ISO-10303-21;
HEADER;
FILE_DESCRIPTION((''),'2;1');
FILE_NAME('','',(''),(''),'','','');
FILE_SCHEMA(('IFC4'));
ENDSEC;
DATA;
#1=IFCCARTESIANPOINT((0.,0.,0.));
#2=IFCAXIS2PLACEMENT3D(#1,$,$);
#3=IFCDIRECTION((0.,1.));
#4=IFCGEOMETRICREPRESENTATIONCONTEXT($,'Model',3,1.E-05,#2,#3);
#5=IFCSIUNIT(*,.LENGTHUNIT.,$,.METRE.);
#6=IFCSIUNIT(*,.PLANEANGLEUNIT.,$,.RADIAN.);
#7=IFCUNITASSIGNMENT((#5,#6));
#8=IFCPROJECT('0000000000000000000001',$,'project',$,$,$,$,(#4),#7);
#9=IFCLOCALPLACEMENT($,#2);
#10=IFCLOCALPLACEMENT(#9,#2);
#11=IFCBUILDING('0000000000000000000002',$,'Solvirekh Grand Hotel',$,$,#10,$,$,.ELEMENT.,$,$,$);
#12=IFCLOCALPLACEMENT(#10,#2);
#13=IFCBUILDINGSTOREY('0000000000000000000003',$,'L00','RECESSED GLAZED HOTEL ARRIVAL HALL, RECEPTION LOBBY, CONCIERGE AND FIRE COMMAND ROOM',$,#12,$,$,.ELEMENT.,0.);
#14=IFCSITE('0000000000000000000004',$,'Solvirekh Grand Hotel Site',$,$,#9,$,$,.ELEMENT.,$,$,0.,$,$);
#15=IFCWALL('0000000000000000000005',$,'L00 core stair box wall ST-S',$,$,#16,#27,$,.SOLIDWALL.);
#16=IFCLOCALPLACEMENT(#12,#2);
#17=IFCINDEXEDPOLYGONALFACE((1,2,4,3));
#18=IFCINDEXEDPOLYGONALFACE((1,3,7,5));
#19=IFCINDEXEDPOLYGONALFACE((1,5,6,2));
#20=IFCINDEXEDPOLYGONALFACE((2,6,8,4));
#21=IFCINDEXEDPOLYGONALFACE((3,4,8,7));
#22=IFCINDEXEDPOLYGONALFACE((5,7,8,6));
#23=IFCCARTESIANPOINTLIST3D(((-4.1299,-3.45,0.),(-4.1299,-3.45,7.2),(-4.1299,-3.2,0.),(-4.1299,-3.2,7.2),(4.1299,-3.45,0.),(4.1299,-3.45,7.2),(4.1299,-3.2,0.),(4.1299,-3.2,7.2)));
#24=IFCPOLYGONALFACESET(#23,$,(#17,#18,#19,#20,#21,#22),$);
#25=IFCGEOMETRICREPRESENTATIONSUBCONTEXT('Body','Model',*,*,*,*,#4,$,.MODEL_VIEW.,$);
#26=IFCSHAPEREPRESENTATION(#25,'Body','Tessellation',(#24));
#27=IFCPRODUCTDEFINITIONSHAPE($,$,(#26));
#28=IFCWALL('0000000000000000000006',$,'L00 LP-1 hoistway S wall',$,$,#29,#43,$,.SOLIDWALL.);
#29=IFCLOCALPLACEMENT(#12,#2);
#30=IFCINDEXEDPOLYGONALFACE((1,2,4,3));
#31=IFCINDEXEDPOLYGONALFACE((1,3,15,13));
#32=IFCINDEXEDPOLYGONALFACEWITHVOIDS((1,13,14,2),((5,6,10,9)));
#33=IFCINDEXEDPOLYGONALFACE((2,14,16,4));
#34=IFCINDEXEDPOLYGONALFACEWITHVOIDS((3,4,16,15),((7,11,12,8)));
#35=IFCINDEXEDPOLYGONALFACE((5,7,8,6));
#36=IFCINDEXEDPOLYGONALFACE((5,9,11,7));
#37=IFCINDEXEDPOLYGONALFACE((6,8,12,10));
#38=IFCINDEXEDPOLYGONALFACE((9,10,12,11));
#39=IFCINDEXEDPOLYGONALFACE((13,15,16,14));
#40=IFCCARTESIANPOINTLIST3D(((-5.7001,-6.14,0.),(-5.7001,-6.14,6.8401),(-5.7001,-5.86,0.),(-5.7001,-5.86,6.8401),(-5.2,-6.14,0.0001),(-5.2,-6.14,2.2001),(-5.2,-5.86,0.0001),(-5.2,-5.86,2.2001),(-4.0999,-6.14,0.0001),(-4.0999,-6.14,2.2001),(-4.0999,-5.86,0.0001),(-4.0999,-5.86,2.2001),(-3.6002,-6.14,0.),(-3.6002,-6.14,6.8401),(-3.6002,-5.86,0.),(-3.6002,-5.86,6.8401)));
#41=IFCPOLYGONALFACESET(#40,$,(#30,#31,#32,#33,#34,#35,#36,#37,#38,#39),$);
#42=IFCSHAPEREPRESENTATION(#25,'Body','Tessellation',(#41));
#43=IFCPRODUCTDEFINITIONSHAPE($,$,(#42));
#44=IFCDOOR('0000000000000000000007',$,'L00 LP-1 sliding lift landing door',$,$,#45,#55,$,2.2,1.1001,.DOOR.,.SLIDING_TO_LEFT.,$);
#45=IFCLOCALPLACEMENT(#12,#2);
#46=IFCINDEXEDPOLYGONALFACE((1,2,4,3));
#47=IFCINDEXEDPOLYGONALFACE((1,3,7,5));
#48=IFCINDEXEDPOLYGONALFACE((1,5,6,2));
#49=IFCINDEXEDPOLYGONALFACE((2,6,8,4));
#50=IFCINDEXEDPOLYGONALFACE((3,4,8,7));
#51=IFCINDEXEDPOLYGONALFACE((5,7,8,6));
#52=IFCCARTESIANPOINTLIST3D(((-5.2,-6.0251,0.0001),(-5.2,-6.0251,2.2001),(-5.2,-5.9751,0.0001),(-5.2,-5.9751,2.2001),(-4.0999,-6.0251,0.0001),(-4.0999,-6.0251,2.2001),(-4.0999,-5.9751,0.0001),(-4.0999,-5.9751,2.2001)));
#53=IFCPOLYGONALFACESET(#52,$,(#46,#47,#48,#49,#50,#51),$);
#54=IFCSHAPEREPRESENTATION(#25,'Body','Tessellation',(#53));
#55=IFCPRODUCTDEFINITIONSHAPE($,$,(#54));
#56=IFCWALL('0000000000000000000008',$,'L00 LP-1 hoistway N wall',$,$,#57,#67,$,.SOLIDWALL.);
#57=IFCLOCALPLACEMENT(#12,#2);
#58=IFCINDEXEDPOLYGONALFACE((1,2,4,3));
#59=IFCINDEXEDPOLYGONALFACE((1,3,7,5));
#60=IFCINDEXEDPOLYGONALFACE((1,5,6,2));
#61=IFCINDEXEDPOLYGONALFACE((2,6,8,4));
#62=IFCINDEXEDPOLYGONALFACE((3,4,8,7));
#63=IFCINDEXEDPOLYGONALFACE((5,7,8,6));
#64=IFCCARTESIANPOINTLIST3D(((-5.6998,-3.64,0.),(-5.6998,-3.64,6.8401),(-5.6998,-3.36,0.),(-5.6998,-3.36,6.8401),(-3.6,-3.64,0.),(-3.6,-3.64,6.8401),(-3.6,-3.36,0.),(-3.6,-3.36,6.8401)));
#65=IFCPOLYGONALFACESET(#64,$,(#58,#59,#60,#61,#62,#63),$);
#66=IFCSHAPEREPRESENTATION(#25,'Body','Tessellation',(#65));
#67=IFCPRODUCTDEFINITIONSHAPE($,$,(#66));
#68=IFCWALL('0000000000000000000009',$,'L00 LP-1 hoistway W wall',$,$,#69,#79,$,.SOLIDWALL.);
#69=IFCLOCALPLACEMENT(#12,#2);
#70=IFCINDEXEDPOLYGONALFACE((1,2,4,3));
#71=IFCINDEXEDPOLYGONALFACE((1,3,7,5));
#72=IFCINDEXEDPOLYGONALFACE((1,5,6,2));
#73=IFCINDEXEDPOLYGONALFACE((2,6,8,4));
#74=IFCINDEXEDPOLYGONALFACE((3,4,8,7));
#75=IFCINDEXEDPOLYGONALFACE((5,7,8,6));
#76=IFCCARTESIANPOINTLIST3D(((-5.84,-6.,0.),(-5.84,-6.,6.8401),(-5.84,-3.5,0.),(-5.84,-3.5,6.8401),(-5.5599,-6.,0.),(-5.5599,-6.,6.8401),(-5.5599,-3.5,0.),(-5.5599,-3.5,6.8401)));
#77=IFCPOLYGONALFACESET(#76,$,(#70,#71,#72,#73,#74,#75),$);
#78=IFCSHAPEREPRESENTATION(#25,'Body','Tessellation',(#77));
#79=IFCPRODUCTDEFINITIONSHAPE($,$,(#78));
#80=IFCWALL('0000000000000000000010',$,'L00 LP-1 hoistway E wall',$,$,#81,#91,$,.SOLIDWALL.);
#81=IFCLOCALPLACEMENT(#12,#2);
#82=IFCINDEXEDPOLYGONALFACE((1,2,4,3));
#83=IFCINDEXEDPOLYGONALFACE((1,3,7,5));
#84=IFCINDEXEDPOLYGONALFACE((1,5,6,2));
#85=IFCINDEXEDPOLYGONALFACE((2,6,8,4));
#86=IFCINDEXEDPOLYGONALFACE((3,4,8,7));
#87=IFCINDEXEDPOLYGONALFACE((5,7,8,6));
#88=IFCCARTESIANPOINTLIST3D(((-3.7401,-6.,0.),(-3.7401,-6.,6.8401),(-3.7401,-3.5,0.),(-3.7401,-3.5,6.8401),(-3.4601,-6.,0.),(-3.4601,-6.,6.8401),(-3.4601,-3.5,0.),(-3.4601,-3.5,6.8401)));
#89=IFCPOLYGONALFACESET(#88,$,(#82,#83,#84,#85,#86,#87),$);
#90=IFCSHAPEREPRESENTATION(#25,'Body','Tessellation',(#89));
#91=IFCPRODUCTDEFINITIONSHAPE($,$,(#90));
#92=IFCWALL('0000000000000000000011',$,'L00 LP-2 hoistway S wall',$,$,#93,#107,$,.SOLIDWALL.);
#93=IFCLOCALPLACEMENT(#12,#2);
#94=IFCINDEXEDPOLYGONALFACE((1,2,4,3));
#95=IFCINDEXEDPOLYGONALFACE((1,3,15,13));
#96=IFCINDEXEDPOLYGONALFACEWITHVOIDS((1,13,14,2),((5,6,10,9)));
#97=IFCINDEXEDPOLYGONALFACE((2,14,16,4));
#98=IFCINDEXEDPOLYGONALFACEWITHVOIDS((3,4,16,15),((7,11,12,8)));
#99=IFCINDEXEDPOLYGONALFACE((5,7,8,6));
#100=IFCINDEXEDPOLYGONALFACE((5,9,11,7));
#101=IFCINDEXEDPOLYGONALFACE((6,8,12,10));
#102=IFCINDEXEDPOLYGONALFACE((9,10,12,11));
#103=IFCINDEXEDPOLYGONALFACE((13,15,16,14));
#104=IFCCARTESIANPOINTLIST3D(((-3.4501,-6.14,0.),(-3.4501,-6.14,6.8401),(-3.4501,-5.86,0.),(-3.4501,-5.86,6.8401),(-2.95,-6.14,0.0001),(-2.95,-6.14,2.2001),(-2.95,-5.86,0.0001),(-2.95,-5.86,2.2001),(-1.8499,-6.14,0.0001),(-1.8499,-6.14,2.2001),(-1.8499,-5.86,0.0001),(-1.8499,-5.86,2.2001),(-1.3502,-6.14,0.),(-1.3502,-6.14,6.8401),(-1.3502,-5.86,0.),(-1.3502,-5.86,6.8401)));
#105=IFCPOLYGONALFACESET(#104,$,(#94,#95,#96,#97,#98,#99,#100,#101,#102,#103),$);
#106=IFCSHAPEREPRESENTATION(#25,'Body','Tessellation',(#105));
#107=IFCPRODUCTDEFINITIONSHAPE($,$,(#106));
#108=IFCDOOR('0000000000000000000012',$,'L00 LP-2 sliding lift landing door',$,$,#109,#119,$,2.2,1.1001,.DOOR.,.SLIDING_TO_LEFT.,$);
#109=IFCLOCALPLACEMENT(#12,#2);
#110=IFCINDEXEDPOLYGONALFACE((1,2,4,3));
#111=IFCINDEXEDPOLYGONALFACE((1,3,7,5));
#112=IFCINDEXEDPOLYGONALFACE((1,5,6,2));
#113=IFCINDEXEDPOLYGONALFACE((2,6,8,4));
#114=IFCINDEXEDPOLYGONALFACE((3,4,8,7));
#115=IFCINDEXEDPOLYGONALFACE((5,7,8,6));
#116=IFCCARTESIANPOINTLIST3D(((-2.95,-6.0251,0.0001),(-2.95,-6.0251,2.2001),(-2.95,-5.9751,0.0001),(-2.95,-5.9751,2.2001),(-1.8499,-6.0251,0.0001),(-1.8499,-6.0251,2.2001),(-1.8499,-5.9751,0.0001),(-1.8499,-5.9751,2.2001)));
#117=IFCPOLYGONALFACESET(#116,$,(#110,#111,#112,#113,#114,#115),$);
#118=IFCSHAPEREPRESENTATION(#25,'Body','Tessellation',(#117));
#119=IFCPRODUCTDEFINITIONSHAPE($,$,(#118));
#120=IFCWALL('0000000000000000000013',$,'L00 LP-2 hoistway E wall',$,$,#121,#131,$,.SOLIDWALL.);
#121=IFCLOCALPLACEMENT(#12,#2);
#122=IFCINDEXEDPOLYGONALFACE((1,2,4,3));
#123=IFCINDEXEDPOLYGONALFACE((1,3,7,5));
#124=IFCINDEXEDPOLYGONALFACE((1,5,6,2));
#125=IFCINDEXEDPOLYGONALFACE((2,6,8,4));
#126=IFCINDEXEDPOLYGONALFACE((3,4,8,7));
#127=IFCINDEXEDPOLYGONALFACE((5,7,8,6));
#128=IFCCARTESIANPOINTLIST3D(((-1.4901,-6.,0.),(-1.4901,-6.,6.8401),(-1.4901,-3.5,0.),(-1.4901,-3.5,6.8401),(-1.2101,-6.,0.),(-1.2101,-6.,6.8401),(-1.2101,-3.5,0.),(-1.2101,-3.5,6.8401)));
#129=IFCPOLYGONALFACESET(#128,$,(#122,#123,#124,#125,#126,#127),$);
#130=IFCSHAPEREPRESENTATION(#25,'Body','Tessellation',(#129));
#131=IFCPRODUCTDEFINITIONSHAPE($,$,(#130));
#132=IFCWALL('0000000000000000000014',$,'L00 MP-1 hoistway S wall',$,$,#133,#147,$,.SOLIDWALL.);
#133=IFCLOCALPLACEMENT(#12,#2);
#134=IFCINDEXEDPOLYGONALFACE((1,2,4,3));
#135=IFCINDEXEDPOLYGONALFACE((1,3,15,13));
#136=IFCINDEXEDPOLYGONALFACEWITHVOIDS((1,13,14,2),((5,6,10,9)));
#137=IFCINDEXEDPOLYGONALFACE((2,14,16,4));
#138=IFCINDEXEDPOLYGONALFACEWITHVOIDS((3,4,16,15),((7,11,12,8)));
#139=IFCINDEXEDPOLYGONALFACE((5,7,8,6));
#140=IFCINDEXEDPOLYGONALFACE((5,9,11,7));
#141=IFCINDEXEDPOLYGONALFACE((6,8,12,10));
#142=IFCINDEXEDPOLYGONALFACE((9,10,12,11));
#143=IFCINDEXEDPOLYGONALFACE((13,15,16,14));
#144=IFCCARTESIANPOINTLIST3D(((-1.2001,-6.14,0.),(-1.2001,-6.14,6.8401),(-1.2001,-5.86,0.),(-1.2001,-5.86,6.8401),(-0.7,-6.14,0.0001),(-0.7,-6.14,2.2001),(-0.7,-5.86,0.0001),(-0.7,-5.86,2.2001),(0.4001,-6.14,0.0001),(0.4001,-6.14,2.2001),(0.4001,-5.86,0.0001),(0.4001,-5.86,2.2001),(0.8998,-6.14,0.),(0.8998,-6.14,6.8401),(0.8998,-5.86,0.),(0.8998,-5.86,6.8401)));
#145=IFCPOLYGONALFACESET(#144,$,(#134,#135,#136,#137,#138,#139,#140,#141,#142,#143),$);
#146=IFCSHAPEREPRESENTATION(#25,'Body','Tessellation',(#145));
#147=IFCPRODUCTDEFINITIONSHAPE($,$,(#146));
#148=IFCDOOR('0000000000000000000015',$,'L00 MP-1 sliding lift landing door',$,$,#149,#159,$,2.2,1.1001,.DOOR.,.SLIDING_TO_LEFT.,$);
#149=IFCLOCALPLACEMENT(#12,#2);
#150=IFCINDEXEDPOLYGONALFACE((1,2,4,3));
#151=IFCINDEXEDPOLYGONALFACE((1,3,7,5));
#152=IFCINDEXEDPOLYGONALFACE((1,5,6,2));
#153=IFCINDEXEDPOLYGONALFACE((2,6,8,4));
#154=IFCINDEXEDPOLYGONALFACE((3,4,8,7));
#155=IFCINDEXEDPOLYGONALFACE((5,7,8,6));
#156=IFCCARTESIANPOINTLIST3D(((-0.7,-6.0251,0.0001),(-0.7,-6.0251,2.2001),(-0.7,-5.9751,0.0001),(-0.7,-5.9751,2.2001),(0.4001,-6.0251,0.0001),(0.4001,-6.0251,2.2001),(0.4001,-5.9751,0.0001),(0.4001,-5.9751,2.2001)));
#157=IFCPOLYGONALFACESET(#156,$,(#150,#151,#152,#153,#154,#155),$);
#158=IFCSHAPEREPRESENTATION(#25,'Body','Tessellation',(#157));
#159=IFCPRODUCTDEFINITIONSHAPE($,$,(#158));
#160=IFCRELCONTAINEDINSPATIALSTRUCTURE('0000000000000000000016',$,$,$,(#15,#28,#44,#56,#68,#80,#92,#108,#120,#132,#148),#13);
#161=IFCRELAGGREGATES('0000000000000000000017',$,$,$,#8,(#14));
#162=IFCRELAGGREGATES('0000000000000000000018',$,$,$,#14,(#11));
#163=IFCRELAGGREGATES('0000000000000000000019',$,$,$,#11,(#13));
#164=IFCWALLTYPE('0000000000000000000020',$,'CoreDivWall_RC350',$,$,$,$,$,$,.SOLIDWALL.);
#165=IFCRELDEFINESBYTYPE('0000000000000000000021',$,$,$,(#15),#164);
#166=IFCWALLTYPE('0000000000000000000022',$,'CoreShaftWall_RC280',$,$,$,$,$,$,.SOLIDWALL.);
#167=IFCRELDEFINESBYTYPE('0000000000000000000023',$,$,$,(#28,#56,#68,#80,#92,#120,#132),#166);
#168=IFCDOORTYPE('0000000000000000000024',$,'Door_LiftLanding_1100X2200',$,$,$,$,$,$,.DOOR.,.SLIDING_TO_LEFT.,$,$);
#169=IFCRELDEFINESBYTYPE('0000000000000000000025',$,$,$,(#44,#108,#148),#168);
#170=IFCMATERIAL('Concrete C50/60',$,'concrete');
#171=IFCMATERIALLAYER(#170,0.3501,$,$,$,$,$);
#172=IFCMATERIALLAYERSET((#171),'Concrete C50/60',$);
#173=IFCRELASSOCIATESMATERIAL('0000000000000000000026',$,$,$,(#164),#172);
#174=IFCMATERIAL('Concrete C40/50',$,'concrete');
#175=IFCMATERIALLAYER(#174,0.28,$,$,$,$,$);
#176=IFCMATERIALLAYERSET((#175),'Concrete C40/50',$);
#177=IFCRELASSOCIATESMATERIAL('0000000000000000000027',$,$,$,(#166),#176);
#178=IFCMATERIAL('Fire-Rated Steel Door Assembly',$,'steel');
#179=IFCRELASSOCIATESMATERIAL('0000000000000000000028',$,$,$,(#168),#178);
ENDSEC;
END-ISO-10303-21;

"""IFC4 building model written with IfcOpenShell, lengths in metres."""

from ifc_helpers import new_model, si_unit, direction, frame, frame_2d, origin, place, context, subcontext, project, spatial, rectangle, extrude, material, layer, layer_set, type_object, element, fill, save


model = new_model("IFC4")

# Units and contexts
model_context = context("Model", 3, precision=1e-05, world=origin(), true_north=direction((0.0, 1.0)))
body_context = subcontext(model_context, "Body", "Model", "MODEL_VIEW")
ifc_project = project(units=[si_unit("LENGTHUNIT", "METRE"), si_unit("PLANEANGLEUNIT", "RADIAN")], contexts=[model_context])

# Site, building, storey
site_placement = place(None, origin())
site = spatial("IfcSite", under=ifc_project, at=site_placement, Name="Solvirekh Grand Hotel Site", CompositionType="ELEMENT", RefElevation=0.0)
building_placement = place(site_placement, origin())
building = spatial("IfcBuilding", under=site, at=building_placement, Name="Solvirekh Grand Hotel", CompositionType="ELEMENT")
storey_placement = place(building_placement, origin())
storey = spatial("IfcBuildingStorey", under=building, at=storey_placement, Name="L00", Description="RECESSED GLAZED HOTEL ARRIVAL HALL, RECEPTION LOBBY, CONCIERGE AND FIRE COMMAND ROOM", CompositionType="ELEMENT", Elevation=0.0)

# Wall
ifc_material_1 = material(Name="Concrete C50/60", Category="concrete")
ifc_layer_1 = layer(ifc_material_1, 0.3501)
ifc_layer_set_1 = layer_set([ifc_layer_1], Name="Concrete C50/60")
wall_type_1 = type_object("IfcWallType", Name="CoreDivWall_RC350", PredefinedType="SOLIDWALL", material=ifc_layer_set_1)
wall_1_placement = place(storey_placement, frame((-4.1299, -3.325, 0.0), z_axis=(0.0, 0.0, 1.0), x_axis=(1.0, 0.0, 0.0)))
element("IfcWall", 1, at=wall_1_placement, inside=storey, type_object=wall_type_1, Name="L00 core stair box wall ST-S", PredefinedType="SOLIDWALL", context=body_context, shape_type="SweptSolid", body=[
    extrude(rectangle(XDim=8.2598, YDim=0.25, at=frame_2d((4.1299, 0.0))), origin(), (0.0, 0.0, 1.0), 7.2),
])

# Wall, opening, door
ifc_material_2 = material(Name="Concrete C40/50", Category="concrete")
ifc_layer_2 = layer(ifc_material_2, 0.28)
ifc_layer_set_2 = layer_set([ifc_layer_2], Name="Concrete C40/50")
wall_type_2 = type_object("IfcWallType", Name="CoreShaftWall_RC280", PredefinedType="SOLIDWALL", material=ifc_layer_set_2)
wall_2_placement = place(storey_placement, frame((-5.7, -6.0, 0.0), z_axis=(0.0, 0.0, 1.0), x_axis=(1.0, 0.0, 0.0)))
wall_2 = element("IfcWall", 2, at=wall_2_placement, inside=storey, type_object=wall_type_2, Name="L00 LP-1 hoistway S wall", PredefinedType="SOLIDWALL", context=body_context, shape_type="SweptSolid", body=[
    extrude(rectangle(XDim=2.0999, YDim=0.28, at=frame_2d((1.0498, 0.0))), origin(), (0.0, 0.0, 1.0), 6.8401),
])
opening_1_placement = place(wall_2_placement, frame((0.5, 0.0, 0.0)))
opening_1 = element("IfcOpeningElement", 3, at=opening_1_placement, cuts=wall_2, PredefinedType="OPENING", context=body_context, shape_type="SweptSolid", body=[
    extrude(rectangle(XDim=1.1001, YDim=2.2, at=frame_2d((0.55, 1.1001))), frame((0.0, 0.1499, 0.0), z_axis=(0.0, -1.0, 0.0), x_axis=(1.0, 0.0, 0.0)), (0.0, 0.0, 1.0), 0.3),
])
ifc_material_3 = material(Name="Fire-Rated Steel Door Assembly", Category="steel")
door_type_1 = type_object("IfcDoorType", Name="Door_LiftLanding_1100X2200", OperationType="SLIDING_TO_LEFT", PredefinedType="DOOR", material=ifc_material_3)
door_1_placement = place(opening_1_placement, origin())
door_1 = element("IfcDoor", 4, at=door_1_placement, inside=storey, type_object=door_type_1, Name="L00 LP-1 sliding lift landing door", OperationType="SLIDING_TO_LEFT", OverallHeight=2.2, OverallWidth=1.1001, PredefinedType="DOOR", context=body_context, shape_type="SweptSolid", body=[
    extrude(rectangle(XDim=1.1001, YDim=2.2, at=frame_2d((0.55, 1.1001))), frame((0.0, 0.0249, 0.0), z_axis=(0.0, -1.0, 0.0), x_axis=(1.0, 0.0, 0.0)), (0.0, 0.0, 1.0), 0.05),
])
fill(opening_1, door_1)

# Walls
wall_3_placement = place(storey_placement, frame((-3.6001, -3.5, 0.0), z_axis=(0.0, 0.0, 1.0), x_axis=(-1.0, 0.0, 0.0)))
element("IfcWall", 5, at=wall_3_placement, inside=storey, type_object=wall_type_2, Name="L00 LP-1 hoistway N wall", PredefinedType="SOLIDWALL", context=body_context, shape_type="SweptSolid", body=[
    extrude(rectangle(XDim=2.0999, YDim=0.28, at=frame_2d((1.0498, 0.0))), origin(), (0.0, 0.0, 1.0), 6.8401),
])
for number, where, z_axis, x_axis, name in (
    (6, (-5.7, -3.5, 0.0), (0.0, 0.0, 1.0), (0.0, -1.0, 0.0), "L00 LP-1 hoistway W wall"),
    (7, (-3.6001, -6.0, 0.0), (0.0, 0.0, 1.0), (0.0, 1.0, 0.0), "L00 LP-1 hoistway E wall"),
):
    element("IfcWall", number, at=place(storey_placement, frame(where, z_axis=z_axis, x_axis=x_axis)), inside=storey, type_object=wall_type_2, Name=name, PredefinedType="SOLIDWALL", context=body_context, shape_type="SweptSolid", body=[
        extrude(rectangle(XDim=2.5, YDim=0.28, at=frame_2d((1.25, 0.0))), origin(), (0.0, 0.0, 1.0), 6.8401),
    ])

# Wall, opening, door
wall_4_placement = place(storey_placement, frame((-3.45, -6.0, 0.0), z_axis=(0.0, 0.0, 1.0), x_axis=(1.0, 0.0, 0.0)))
wall_4 = element("IfcWall", 8, at=wall_4_placement, inside=storey, type_object=wall_type_2, Name="L00 LP-2 hoistway S wall", PredefinedType="SOLIDWALL", context=body_context, shape_type="SweptSolid", body=[
    extrude(rectangle(XDim=2.0999, YDim=0.28, at=frame_2d((1.0498, 0.0))), origin(), (0.0, 0.0, 1.0), 6.8401),
])
opening_2_placement = place(wall_4_placement, frame((0.5, 0.0, 0.0)))
opening_2 = element("IfcOpeningElement", 9, at=opening_2_placement, cuts=wall_4, PredefinedType="OPENING", context=body_context, shape_type="SweptSolid", body=[
    extrude(rectangle(XDim=1.1001, YDim=2.2, at=frame_2d((0.55, 1.1001))), frame((0.0, 0.1499, 0.0), z_axis=(0.0, -1.0, 0.0), x_axis=(1.0, 0.0, 0.0)), (0.0, 0.0, 1.0), 0.3),
])
door_2_placement = place(opening_2_placement, origin())
door_2 = element("IfcDoor", 10, at=door_2_placement, inside=storey, type_object=door_type_1, Name="L00 LP-2 sliding lift landing door", OperationType="SLIDING_TO_LEFT", OverallHeight=2.2, OverallWidth=1.1001, PredefinedType="DOOR", context=body_context, shape_type="SweptSolid", body=[
    extrude(rectangle(XDim=1.1001, YDim=2.2, at=frame_2d((0.55, 1.1001))), frame((0.0, 0.0249, 0.0), z_axis=(0.0, -1.0, 0.0), x_axis=(1.0, 0.0, 0.0)), (0.0, 0.0, 1.0), 0.05),
])
fill(opening_2, door_2)

# Wall
wall_5_placement = place(storey_placement, frame((-1.3501, -6.0, 0.0), z_axis=(0.0, 0.0, 1.0), x_axis=(0.0, 1.0, 0.0)))
element("IfcWall", 11, at=wall_5_placement, inside=storey, type_object=wall_type_2, Name="L00 LP-2 hoistway E wall", PredefinedType="SOLIDWALL", context=body_context, shape_type="SweptSolid", body=[
    extrude(rectangle(XDim=2.5, YDim=0.28, at=frame_2d((1.25, 0.0))), origin(), (0.0, 0.0, 1.0), 6.8401),
])

# Wall, opening, door
wall_6_placement = place(storey_placement, frame((-1.2, -6.0, 0.0), z_axis=(0.0, 0.0, 1.0), x_axis=(1.0, 0.0, 0.0)))
wall_6 = element("IfcWall", 12, at=wall_6_placement, inside=storey, type_object=wall_type_2, Name="L00 MP-1 hoistway S wall", PredefinedType="SOLIDWALL", context=body_context, shape_type="SweptSolid", body=[
    extrude(rectangle(XDim=2.0999, YDim=0.28, at=frame_2d((1.0498, 0.0))), origin(), (0.0, 0.0, 1.0), 6.8401),
])
opening_3_placement = place(wall_6_placement, frame((0.5, 0.0, 0.0)))
opening_3 = element("IfcOpeningElement", 13, at=opening_3_placement, cuts=wall_6, PredefinedType="OPENING", context=body_context, shape_type="SweptSolid", body=[
    extrude(rectangle(XDim=1.1001, YDim=2.2, at=frame_2d((0.55, 1.1001))), frame((0.0, 0.1499, 0.0), z_axis=(0.0, -1.0, 0.0), x_axis=(1.0, 0.0, 0.0)), (0.0, 0.0, 1.0), 0.3),
])
door_3_placement = place(opening_3_placement, origin())
door_3 = element("IfcDoor", 14, at=door_3_placement, inside=storey, type_object=door_type_1, Name="L00 MP-1 sliding lift landing door", OperationType="SLIDING_TO_LEFT", OverallHeight=2.2, OverallWidth=1.1001, PredefinedType="DOOR", context=body_context, shape_type="SweptSolid", body=[
    extrude(rectangle(XDim=1.1001, YDim=2.2, at=frame_2d((0.55, 1.1001))), frame((0.0, 0.0249, 0.0), z_axis=(0.0, -1.0, 0.0), x_axis=(1.0, 0.0, 0.0)), (0.0, 0.0, 1.0), 0.05),
])
fill(opening_3, door_3)

save(model, "model.ifc")
